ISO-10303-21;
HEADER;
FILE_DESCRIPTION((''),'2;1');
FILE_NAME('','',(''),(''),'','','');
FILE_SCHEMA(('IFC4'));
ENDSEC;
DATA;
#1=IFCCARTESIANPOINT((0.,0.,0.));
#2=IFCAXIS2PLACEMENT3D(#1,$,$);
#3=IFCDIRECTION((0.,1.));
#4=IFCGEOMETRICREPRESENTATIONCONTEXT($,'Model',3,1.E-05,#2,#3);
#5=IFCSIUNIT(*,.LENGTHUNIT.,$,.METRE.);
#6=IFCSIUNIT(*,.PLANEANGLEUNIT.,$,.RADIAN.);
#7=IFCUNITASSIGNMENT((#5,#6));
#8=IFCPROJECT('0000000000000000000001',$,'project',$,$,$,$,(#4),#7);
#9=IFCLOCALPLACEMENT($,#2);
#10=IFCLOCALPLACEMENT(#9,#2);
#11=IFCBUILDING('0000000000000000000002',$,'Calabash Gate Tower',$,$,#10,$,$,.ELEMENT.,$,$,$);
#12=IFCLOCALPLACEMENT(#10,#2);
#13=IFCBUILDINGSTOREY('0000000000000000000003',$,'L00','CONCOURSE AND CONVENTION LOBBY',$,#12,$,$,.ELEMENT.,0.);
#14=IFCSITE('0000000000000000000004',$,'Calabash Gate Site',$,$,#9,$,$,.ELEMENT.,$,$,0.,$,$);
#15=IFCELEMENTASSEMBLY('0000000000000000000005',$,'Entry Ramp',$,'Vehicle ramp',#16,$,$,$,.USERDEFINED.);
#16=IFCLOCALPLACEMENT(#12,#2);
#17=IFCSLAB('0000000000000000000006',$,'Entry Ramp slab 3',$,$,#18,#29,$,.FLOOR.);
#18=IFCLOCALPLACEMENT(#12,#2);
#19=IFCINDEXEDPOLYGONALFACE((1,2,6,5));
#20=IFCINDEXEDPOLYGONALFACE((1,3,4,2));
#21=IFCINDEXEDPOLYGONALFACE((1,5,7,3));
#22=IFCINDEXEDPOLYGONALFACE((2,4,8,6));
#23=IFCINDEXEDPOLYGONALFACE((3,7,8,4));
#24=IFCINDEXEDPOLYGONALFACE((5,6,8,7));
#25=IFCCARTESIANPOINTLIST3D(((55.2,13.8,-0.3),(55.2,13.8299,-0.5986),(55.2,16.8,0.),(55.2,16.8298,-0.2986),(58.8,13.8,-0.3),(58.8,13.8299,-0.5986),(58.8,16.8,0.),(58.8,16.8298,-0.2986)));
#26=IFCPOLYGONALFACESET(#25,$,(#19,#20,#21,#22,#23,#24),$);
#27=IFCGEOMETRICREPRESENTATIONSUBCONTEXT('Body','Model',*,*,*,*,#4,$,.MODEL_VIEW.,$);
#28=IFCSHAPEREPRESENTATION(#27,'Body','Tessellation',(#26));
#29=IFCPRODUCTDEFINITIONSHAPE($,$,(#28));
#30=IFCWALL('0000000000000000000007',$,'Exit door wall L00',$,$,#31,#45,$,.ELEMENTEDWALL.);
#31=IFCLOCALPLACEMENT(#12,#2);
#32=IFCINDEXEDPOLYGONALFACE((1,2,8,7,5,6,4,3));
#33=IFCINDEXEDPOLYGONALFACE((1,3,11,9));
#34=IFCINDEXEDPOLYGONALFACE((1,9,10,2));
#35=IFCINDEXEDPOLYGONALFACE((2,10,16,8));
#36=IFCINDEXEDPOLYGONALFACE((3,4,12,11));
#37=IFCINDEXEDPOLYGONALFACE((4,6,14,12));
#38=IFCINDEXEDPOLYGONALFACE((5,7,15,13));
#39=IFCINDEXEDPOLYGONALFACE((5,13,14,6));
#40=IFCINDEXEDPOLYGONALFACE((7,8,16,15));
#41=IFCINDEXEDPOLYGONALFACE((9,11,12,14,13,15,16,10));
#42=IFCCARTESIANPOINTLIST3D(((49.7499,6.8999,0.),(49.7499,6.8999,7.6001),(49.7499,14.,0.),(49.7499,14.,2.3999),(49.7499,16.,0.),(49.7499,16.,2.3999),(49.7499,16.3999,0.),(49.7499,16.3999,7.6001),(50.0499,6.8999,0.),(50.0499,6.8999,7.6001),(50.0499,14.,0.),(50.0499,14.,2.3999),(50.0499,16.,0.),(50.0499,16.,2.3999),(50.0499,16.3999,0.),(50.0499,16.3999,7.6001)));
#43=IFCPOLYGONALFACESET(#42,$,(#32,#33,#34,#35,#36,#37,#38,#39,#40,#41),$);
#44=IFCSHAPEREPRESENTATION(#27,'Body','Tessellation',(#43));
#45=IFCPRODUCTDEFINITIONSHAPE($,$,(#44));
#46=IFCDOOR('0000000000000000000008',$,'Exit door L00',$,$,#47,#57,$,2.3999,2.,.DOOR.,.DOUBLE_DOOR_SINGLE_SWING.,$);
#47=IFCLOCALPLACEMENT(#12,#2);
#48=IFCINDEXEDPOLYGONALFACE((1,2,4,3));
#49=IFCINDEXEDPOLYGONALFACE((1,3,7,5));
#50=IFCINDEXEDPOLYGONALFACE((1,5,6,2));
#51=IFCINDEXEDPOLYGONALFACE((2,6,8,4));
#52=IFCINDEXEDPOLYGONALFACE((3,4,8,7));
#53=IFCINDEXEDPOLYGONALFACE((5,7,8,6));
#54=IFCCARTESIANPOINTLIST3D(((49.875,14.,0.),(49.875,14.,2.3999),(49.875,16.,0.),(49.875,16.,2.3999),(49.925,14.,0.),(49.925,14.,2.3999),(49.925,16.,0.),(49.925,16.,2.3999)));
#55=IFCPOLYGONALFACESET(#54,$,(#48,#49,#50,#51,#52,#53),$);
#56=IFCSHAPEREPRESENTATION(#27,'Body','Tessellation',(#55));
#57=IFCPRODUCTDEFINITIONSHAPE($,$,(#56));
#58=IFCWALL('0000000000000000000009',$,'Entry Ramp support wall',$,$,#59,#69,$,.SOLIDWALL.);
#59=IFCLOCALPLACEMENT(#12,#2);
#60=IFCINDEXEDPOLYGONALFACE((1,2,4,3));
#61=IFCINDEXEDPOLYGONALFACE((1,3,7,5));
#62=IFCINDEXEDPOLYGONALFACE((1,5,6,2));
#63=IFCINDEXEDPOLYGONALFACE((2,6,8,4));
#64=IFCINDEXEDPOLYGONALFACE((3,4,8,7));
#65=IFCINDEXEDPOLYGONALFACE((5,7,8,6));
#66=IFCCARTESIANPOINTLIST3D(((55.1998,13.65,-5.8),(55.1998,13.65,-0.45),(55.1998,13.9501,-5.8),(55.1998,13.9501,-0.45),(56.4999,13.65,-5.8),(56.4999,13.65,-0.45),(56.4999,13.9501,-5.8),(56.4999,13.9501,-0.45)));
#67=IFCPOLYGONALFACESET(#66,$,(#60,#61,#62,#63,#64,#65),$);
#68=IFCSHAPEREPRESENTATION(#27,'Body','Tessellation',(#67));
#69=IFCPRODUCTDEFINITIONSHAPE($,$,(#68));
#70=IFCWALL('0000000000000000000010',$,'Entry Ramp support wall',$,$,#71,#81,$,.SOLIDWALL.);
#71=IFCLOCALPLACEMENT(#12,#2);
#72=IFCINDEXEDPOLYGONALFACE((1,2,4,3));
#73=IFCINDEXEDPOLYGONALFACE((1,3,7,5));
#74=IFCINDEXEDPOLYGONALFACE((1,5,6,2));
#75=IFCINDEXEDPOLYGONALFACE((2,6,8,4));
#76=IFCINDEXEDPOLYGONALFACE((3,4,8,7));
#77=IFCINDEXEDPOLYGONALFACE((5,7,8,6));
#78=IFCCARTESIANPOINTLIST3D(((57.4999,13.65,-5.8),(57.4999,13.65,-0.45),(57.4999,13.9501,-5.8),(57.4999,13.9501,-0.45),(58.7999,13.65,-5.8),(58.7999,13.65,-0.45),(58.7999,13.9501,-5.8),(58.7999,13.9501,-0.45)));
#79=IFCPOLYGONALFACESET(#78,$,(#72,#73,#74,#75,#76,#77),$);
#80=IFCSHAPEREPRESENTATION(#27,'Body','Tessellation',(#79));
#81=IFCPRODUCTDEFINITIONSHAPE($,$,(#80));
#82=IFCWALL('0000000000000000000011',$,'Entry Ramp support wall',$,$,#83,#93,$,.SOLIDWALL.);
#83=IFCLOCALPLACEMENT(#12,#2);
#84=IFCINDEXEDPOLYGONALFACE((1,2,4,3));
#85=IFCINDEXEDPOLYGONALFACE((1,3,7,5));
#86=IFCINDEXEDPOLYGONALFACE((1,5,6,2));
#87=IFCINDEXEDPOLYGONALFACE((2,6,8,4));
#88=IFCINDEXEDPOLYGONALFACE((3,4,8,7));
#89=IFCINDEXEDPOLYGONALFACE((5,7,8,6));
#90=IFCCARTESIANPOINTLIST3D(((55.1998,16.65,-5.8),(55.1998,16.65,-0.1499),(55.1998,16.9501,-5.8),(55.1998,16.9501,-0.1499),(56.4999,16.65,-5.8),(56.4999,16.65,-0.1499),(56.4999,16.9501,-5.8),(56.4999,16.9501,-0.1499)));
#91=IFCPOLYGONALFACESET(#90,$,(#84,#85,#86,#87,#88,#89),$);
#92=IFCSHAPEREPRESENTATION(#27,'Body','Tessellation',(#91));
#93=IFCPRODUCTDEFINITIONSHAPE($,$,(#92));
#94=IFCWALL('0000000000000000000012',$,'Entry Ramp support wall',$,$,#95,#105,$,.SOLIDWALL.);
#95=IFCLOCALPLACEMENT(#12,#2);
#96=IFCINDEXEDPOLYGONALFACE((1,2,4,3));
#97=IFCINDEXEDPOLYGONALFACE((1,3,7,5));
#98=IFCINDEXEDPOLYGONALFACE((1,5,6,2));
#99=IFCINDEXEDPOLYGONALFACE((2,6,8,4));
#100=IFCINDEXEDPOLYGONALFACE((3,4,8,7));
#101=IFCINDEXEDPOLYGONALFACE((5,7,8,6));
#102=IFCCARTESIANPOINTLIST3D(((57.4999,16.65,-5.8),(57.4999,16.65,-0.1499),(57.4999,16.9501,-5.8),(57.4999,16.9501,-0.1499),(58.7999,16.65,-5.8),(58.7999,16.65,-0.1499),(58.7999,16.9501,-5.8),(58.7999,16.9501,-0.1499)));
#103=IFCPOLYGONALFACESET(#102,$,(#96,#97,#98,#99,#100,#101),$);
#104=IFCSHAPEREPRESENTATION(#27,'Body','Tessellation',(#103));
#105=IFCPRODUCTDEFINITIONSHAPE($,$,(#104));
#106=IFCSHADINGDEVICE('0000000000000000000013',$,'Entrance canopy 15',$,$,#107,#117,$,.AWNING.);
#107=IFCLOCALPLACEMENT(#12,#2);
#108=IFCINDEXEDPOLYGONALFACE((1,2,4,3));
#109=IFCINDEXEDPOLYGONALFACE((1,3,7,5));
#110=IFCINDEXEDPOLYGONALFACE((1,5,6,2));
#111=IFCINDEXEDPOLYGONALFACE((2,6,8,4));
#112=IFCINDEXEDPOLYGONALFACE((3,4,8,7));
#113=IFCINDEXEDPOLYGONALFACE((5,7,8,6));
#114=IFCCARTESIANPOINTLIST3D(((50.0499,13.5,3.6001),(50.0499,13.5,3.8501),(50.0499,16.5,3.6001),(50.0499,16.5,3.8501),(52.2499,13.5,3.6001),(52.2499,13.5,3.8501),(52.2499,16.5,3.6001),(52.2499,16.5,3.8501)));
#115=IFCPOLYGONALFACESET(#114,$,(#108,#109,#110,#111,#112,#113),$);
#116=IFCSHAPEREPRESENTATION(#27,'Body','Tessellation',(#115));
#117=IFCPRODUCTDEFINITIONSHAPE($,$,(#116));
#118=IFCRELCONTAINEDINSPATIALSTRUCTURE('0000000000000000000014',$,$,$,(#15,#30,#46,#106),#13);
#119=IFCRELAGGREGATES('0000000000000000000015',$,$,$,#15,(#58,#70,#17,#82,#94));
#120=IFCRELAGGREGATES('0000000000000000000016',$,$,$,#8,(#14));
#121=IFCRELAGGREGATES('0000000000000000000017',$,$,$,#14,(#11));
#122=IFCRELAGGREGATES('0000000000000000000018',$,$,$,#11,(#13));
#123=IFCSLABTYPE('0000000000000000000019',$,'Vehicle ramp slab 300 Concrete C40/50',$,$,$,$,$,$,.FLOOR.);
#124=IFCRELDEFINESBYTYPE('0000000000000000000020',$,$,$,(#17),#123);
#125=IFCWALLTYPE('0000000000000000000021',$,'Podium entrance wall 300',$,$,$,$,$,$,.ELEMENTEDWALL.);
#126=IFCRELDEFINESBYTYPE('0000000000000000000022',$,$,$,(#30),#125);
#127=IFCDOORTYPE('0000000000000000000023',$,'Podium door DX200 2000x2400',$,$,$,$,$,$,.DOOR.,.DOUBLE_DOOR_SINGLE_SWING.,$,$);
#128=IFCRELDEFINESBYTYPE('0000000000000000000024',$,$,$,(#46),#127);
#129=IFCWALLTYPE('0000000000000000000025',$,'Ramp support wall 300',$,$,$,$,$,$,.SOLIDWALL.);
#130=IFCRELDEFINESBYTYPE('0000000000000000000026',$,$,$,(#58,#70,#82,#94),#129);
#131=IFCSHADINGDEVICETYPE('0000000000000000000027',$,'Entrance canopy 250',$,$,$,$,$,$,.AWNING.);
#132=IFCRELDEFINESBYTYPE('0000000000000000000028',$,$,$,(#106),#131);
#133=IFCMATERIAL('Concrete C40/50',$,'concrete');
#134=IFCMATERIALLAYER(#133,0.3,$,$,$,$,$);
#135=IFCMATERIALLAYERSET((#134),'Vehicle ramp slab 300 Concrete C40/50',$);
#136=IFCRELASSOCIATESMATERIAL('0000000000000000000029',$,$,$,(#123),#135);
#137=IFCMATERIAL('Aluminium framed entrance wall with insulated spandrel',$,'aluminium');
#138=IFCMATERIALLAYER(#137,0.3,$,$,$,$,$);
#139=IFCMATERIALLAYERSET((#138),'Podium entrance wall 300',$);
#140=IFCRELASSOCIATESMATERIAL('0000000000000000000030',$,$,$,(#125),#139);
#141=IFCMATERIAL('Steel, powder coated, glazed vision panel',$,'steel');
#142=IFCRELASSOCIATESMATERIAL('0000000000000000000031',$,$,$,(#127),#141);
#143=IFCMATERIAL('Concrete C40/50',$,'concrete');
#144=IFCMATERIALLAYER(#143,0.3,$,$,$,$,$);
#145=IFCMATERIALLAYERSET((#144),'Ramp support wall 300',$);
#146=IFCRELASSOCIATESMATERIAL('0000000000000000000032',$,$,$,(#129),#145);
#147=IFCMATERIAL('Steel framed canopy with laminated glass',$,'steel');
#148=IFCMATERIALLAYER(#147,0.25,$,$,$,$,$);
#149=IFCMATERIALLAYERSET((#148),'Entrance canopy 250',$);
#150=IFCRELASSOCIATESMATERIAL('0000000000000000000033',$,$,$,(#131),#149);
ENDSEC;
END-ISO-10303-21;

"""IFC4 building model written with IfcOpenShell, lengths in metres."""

from ifc_helpers import new_model, si_unit, direction, frame, frame_2d, origin, origin_2d, place, context, subcontext, project, spatial, polyline, rectangle, outline, extrude, material, layer, layer_set, type_object, element, fill, aggregate, save


model = new_model("IFC4")

# Units and contexts
model_context = context("Model", 3, precision=1e-05, world=origin(), true_north=direction((0.0, 1.0)))
body_context = subcontext(model_context, "Body", "Model", "MODEL_VIEW")
ifc_project = project(units=[si_unit("LENGTHUNIT", "METRE"), si_unit("PLANEANGLEUNIT", "RADIAN")], contexts=[model_context])

# Site, building, storey
site_placement = place(None, origin())
site = spatial("IfcSite", under=ifc_project, at=site_placement, Name="Calabash Gate Site", CompositionType="ELEMENT", RefElevation=0.0)
building_placement = place(site_placement, origin())
building = spatial("IfcBuilding", under=site, at=building_placement, Name="Calabash Gate Tower", CompositionType="ELEMENT")
storey_placement = place(building_placement, origin())
storey = spatial("IfcBuildingStorey", under=building, at=storey_placement, Name="L00", Description="CONCOURSE AND CONVENTION LOBBY", CompositionType="ELEMENT", Elevation=0.0)

# Element assembly, slab
assembly_placement = place(storey_placement, origin())
assembly = element("IfcElementAssembly", 1, at=assembly_placement, inside=storey, Name="Entry Ramp", ObjectType="Vehicle ramp", PredefinedType="USERDEFINED")
ifc_material_1 = material(Name="Concrete C40/50", Category="concrete")
ifc_layer_1 = layer(ifc_material_1, 0.3)
ifc_layer_set_1 = layer_set([ifc_layer_1], Name="Vehicle ramp slab 300 Concrete C40/50")
slab_type = type_object("IfcSlabType", Name="Vehicle ramp slab 300 Concrete C40/50", PredefinedType="FLOOR", material=ifc_layer_set_1)
slab_placement = place(storey_placement, frame((55.2, 13.8, -0.3), z_axis=(0.0, -0.09952, 0.995036), x_axis=(1.0, 0.0, 0.0)))
slab = element("IfcSlab", 2, at=slab_placement, type_object=slab_type, Name="Entry Ramp slab 3", PredefinedType="FLOOR", context=body_context, shape_type="SweptSolid", body=[
    extrude(outline(polyline([(0.0, 0.0), (3.6001, 0.0), (3.6001, 3.0149), (0.0, 3.0149), (0.0, 0.0)])), origin(), (0.0, 0.0, -1.0), 0.3),
])

# Wall, opening, door
ifc_material_2 = material(Name="Aluminium framed entrance wall with insulated spandrel", Category="aluminium")
ifc_layer_2 = layer(ifc_material_2, 0.3)
ifc_layer_set_2 = layer_set([ifc_layer_2], Name="Podium entrance wall 300")
wall_type_1 = type_object("IfcWallType", Name="Podium entrance wall 300", PredefinedType="ELEMENTEDWALL", material=ifc_layer_set_2)
wall_1_placement = place(storey_placement, frame((49.8999, 6.8999, 0.0), z_axis=(0.0, 0.0, 1.0), x_axis=(0.0, 1.0, 0.0)))
wall_1 = element("IfcWall", 3, at=wall_1_placement, inside=storey, type_object=wall_type_1, Name="Exit door wall L00", PredefinedType="ELEMENTEDWALL", context=body_context, shape_type="SweptSolid", body=[
    extrude(rectangle(XDim=9.5, YDim=0.3, at=frame_2d((4.75, 0.0))), origin(), (0.0, 0.0, 1.0), 7.6001),
])
opening_placement = place(wall_1_placement, frame((7.1001, 0.0, 0.0)))
opening = element("IfcOpeningElement", 4, at=opening_placement, cuts=wall_1, PredefinedType="OPENING", context=body_context, shape_type="SweptSolid", body=[
    extrude(rectangle(XDim=2.0, YDim=2.3999, at=frame_2d((1.0, 1.2))), frame((0.0, 0.1599, 0.0), z_axis=(0.0, -1.0, 0.0), x_axis=(1.0, 0.0, 0.0)), (0.0, 0.0, 1.0), 0.3201),
])
ifc_material_3 = material(Name="Steel, powder coated, glazed vision panel", Category="steel")
door_type = type_object("IfcDoorType", Name="Podium door DX200 2000x2400", OperationType="DOUBLE_DOOR_SINGLE_SWING", PredefinedType="DOOR", material=ifc_material_3)
door_placement = place(opening_placement, origin())
door = element("IfcDoor", 5, at=door_placement, inside=storey, type_object=door_type, Name="Exit door L00", OperationType="DOUBLE_DOOR_SINGLE_SWING", OverallHeight=2.3999, OverallWidth=2.0, PredefinedType="DOOR", context=body_context, shape_type="SweptSolid", body=[
    extrude(rectangle(XDim=2.0, YDim=2.3999, at=frame_2d((1.0, 1.2))), frame((0.0, 0.0249, 0.0), z_axis=(0.0, -1.0, 0.0), x_axis=(1.0, 0.0, 0.0)), (0.0, 0.0, 1.0), 0.05),
])
fill(opening, door)

# Walls
ifc_material_4 = material(Name="Concrete C40/50", Category="concrete")
ifc_layer_3 = layer(ifc_material_4, 0.3)
ifc_layer_set_3 = layer_set([ifc_layer_3], Name="Ramp support wall 300")
wall_type_2 = type_object("IfcWallType", Name="Ramp support wall 300", PredefinedType="SOLIDWALL", material=ifc_layer_set_3)
wall_2_placement = place(storey_placement, frame((55.2, 13.8, -5.8), z_axis=(0.0, 0.0, 1.0), x_axis=(1.0, 0.0, 0.0)))
wall_2 = element("IfcWall", 6, at=wall_2_placement, type_object=wall_type_2, Name="Entry Ramp support wall", PredefinedType="SOLIDWALL", context=body_context, shape_type="SweptSolid", body=[
    extrude(rectangle(XDim=1.3, YDim=0.3, at=frame_2d((0.6499, 0.0))), origin(), (0.0, 0.0, 1.0), 5.3501),
])
wall_3_placement = place(storey_placement, frame((57.5, 13.8, -5.8), z_axis=(0.0, 0.0, 1.0), x_axis=(1.0, 0.0, 0.0)))
wall_3 = element("IfcWall", 7, at=wall_3_placement, type_object=wall_type_2, Name="Entry Ramp support wall", PredefinedType="SOLIDWALL", context=body_context, shape_type="SweptSolid", body=[
    extrude(rectangle(XDim=1.3, YDim=0.3, at=frame_2d((0.6499, 0.0))), origin(), (0.0, 0.0, 1.0), 5.3501),
])
wall_4_placement = place(storey_placement, frame((55.2, 16.8, -5.8), z_axis=(0.0, 0.0, 1.0), x_axis=(1.0, 0.0, 0.0)))
wall_4 = element("IfcWall", 8, at=wall_4_placement, type_object=wall_type_2, Name="Entry Ramp support wall", PredefinedType="SOLIDWALL", context=body_context, shape_type="SweptSolid", body=[
    extrude(rectangle(XDim=1.3, YDim=0.3, at=frame_2d((0.6499, 0.0))), origin(), (0.0, 0.0, 1.0), 5.6501),
])
wall_5_placement = place(storey_placement, frame((57.5, 16.8, -5.8), z_axis=(0.0, 0.0, 1.0), x_axis=(1.0, 0.0, 0.0)))
wall_5 = element("IfcWall", 9, at=wall_5_placement, type_object=wall_type_2, Name="Entry Ramp support wall", PredefinedType="SOLIDWALL", context=body_context, shape_type="SweptSolid", body=[
    extrude(rectangle(XDim=1.3, YDim=0.3, at=frame_2d((0.6499, 0.0))), origin(), (0.0, 0.0, 1.0), 5.6501),
])
aggregate(assembly, [wall_2, wall_3, slab, wall_4, wall_5])

# Shading device
ifc_material_5 = material(Name="Steel framed canopy with laminated glass", Category="steel")
ifc_layer_4 = layer(ifc_material_5, 0.25)
ifc_layer_set_4 = layer_set([ifc_layer_4], Name="Entrance canopy 250")
shading_device_type = type_object("IfcShadingDeviceType", Name="Entrance canopy 250", PredefinedType="AWNING", material=ifc_layer_set_4)
shading_device_placement = place(storey_placement, frame((51.1499, 15.0, 3.6001), z_axis=(0.0, 0.0, 1.0), x_axis=(0.0, 1.0, 0.0)))
element("IfcShadingDevice", 10, at=shading_device_placement, inside=storey, type_object=shading_device_type, Name="Entrance canopy 15", PredefinedType="AWNING", context=body_context, shape_type="SweptSolid", body=[
    extrude(rectangle(XDim=3.0, YDim=2.2, at=origin_2d()), origin(), (0.0, 0.0, 1.0), 0.25),
])

save(model, "model.ifc")
